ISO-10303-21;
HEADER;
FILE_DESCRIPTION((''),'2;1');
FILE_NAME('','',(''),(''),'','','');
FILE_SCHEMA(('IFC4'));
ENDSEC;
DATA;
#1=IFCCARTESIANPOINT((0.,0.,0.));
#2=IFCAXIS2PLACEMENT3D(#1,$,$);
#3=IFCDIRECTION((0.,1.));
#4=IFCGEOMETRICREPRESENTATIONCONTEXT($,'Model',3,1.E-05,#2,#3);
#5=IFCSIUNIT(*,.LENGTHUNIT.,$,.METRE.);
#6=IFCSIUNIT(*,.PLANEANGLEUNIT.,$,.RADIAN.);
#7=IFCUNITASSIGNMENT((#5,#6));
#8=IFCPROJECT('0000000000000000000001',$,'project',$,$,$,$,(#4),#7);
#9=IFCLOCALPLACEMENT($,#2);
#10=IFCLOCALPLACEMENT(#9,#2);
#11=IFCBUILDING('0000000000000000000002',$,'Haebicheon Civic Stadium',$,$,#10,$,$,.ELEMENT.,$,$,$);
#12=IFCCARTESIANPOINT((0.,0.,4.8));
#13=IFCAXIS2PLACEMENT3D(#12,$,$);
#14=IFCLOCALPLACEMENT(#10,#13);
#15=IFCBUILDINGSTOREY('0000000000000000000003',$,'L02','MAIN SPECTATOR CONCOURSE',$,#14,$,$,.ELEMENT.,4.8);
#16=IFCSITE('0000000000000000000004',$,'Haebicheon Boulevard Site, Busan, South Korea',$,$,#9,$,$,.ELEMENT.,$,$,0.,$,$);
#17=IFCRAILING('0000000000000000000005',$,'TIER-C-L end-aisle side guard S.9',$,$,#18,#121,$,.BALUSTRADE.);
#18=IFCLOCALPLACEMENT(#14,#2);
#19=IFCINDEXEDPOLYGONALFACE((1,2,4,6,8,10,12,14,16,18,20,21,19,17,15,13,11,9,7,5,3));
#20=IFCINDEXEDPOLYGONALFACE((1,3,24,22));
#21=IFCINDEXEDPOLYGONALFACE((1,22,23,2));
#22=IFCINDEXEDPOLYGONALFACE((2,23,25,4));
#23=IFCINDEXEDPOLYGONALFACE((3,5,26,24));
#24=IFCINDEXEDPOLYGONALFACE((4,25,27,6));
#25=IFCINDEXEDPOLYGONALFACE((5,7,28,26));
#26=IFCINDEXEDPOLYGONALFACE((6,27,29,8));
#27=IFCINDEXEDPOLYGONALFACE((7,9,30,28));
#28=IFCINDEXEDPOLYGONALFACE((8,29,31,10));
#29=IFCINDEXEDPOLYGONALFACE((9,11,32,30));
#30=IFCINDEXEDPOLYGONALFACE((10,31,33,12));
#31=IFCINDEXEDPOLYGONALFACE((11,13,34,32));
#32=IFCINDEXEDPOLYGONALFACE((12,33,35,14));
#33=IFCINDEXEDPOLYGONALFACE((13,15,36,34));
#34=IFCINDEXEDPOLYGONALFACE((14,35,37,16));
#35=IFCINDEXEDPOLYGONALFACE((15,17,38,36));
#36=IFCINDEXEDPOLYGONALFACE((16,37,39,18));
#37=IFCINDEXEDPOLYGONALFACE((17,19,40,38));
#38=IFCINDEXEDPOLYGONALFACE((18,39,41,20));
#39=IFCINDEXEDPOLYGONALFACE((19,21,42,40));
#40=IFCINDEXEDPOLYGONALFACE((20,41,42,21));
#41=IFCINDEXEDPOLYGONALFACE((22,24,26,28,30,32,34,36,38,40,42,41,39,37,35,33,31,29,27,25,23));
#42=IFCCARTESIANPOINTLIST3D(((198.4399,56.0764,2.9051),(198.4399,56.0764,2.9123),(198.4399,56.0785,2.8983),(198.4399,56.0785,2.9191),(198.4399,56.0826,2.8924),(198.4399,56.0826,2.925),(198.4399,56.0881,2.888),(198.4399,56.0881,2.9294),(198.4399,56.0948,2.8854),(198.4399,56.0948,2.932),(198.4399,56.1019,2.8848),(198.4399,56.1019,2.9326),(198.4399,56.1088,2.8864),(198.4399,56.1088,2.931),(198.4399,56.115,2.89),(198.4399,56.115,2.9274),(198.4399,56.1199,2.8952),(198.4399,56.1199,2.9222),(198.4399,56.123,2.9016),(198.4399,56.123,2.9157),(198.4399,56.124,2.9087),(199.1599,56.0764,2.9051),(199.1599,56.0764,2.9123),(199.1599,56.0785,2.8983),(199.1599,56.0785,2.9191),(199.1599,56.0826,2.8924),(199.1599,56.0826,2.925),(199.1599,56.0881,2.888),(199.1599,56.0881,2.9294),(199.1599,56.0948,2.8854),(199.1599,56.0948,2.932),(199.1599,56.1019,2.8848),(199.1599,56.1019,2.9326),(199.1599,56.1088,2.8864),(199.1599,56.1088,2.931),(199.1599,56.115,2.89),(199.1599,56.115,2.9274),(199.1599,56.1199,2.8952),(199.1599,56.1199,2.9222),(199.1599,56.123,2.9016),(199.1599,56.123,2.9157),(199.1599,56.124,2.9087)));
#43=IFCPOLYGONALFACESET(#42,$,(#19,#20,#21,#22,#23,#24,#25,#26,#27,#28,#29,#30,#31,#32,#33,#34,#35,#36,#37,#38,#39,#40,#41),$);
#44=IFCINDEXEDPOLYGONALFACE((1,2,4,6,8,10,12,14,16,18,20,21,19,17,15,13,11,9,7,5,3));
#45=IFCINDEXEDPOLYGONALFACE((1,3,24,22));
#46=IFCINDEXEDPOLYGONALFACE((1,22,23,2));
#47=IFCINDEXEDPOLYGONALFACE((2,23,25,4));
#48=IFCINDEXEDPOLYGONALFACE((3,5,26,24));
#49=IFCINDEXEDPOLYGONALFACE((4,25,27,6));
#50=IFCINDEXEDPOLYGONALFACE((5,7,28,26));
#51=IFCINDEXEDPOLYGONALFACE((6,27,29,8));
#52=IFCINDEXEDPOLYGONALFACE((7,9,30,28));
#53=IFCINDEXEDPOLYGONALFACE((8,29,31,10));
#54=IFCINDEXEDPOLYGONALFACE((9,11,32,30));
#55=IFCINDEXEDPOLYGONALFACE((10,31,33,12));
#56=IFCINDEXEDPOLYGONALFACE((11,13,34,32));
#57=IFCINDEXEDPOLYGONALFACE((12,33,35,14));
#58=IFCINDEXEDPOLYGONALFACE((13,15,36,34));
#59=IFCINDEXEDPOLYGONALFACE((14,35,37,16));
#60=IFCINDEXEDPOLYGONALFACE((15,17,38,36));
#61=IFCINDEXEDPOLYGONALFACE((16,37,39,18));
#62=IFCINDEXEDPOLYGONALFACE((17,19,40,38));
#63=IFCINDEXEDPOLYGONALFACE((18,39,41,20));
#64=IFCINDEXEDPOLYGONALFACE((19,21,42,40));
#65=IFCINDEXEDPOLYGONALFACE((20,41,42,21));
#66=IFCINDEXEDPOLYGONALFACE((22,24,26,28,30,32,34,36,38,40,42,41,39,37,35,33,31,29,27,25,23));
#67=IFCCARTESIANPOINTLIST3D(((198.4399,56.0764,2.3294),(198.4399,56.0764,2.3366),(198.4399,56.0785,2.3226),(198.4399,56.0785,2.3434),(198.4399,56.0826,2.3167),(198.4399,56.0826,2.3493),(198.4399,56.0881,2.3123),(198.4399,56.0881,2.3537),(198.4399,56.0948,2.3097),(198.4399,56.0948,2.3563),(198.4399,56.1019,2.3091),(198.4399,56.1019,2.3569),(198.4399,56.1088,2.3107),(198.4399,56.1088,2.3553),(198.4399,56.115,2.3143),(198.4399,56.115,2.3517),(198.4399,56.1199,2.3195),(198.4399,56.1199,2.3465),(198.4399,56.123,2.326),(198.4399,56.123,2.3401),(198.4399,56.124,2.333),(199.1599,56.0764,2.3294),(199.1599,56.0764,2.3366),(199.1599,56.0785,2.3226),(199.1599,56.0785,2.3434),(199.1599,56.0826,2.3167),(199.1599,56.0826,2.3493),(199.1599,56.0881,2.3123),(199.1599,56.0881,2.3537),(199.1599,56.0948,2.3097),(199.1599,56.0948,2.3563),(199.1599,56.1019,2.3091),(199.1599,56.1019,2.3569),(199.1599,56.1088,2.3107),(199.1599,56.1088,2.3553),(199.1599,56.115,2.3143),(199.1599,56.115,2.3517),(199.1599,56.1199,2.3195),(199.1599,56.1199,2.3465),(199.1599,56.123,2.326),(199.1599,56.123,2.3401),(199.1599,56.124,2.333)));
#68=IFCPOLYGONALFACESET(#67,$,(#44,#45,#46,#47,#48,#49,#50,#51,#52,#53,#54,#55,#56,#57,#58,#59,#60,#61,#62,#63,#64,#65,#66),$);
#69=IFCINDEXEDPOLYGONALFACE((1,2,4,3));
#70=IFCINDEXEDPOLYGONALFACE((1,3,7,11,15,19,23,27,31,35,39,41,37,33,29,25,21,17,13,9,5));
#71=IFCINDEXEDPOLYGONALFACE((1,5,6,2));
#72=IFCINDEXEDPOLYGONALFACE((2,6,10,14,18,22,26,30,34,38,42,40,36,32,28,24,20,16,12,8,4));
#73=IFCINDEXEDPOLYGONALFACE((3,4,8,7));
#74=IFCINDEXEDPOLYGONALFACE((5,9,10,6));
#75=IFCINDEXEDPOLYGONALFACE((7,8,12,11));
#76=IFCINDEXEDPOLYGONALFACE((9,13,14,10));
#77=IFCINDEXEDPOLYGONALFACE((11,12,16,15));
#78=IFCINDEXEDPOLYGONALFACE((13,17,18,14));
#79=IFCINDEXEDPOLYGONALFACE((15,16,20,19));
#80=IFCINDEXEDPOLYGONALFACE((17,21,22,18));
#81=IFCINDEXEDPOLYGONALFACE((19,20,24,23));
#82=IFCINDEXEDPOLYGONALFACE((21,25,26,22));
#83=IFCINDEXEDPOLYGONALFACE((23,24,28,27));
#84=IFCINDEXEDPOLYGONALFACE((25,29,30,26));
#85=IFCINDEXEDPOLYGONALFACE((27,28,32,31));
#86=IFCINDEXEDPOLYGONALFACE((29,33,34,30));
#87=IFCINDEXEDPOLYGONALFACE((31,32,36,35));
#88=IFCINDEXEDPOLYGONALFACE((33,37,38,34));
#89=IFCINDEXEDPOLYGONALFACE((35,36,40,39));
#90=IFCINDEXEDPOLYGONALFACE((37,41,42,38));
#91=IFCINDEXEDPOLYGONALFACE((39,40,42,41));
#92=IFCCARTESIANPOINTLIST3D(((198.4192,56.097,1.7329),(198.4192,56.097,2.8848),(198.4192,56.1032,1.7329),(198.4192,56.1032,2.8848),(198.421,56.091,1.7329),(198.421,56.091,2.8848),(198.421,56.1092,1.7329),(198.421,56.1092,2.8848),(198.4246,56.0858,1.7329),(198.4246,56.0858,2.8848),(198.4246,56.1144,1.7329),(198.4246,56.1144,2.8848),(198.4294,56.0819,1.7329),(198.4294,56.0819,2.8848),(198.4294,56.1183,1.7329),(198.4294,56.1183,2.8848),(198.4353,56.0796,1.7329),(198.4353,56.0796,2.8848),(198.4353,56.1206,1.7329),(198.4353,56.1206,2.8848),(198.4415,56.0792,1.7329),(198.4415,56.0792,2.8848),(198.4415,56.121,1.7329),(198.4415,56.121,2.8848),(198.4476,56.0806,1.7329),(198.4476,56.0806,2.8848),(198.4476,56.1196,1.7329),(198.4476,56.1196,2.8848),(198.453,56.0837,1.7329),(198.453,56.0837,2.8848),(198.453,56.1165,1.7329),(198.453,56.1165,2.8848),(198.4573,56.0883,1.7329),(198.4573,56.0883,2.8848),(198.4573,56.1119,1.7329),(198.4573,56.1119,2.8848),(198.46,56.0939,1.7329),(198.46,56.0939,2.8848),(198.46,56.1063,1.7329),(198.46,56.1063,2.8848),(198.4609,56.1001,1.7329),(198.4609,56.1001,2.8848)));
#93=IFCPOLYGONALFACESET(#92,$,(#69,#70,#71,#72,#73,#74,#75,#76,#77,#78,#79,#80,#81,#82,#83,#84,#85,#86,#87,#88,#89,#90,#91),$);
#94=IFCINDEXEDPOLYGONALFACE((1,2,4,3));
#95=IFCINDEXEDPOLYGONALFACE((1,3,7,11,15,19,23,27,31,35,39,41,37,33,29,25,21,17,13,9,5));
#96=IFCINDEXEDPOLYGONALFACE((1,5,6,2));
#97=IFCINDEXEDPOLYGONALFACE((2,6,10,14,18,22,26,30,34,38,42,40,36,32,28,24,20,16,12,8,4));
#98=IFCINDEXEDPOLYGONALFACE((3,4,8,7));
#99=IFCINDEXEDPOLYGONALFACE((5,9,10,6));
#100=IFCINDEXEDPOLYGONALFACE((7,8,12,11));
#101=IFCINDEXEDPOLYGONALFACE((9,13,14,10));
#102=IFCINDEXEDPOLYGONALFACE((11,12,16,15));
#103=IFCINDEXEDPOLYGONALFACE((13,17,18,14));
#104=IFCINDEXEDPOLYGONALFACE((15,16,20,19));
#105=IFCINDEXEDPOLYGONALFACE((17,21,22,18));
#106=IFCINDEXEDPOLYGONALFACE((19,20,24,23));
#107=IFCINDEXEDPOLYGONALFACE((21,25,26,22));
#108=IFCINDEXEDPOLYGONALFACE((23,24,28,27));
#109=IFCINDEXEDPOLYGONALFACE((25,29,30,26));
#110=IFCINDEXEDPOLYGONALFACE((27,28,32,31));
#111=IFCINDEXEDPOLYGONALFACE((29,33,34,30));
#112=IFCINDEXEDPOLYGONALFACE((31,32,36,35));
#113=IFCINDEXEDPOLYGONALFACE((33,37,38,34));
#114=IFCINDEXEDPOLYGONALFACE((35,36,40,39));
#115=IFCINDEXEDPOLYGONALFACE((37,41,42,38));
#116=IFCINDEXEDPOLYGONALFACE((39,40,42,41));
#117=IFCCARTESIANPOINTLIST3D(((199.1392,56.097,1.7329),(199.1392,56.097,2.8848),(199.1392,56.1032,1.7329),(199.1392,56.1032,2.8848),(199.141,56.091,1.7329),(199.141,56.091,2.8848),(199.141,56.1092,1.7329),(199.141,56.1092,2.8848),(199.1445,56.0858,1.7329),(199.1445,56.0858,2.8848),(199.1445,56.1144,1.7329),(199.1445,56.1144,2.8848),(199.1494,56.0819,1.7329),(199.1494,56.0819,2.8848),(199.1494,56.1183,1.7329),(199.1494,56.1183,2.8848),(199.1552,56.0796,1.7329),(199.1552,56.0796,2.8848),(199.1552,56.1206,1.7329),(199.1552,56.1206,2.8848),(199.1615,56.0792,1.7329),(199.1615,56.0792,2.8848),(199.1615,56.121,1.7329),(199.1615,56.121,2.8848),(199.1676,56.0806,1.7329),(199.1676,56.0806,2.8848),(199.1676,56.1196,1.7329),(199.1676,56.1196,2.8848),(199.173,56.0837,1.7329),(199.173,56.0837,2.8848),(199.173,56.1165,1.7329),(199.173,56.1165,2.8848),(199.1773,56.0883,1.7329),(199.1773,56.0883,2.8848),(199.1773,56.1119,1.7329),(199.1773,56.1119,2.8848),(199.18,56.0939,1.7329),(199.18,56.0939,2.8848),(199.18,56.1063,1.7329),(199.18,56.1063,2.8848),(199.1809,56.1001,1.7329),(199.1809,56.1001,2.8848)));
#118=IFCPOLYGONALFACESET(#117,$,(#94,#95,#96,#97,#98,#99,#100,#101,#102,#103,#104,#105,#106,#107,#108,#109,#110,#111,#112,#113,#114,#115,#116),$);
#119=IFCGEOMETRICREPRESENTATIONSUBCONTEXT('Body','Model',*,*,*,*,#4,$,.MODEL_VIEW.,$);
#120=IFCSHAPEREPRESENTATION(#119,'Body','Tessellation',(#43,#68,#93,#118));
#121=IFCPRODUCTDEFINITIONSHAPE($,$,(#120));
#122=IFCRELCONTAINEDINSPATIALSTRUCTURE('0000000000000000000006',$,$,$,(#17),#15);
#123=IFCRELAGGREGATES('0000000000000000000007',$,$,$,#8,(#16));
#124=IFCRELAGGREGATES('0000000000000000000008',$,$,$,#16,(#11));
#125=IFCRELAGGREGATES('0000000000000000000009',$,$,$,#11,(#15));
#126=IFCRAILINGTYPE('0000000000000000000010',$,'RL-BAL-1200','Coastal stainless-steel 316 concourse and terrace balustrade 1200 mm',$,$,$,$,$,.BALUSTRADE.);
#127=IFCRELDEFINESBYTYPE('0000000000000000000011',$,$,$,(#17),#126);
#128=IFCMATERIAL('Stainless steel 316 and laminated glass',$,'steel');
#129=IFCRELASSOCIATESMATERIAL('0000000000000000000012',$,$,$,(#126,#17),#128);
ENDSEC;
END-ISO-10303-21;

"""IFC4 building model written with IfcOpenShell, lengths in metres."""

from ifc_helpers import new_model, si_unit, direction, frame, origin, origin_2d, place, context, subcontext, project, spatial, circle, extrude, material, type_object, element, save


model = new_model("IFC4")

# Units and contexts
model_context = context("Model", 3, precision=1e-05, world=origin(), true_north=direction((0.0, 1.0)))
body_context = subcontext(model_context, "Body", "Model", "MODEL_VIEW")
ifc_project = project(units=[si_unit("LENGTHUNIT", "METRE"), si_unit("PLANEANGLEUNIT", "RADIAN")], contexts=[model_context])

# Site, building, storey
site_placement = place(None, origin())
site = spatial("IfcSite", under=ifc_project, at=site_placement, Name="Haebicheon Boulevard Site, Busan, South Korea", CompositionType="ELEMENT", RefElevation=0.0)
building_placement = place(site_placement, origin())
building = spatial("IfcBuilding", under=site, at=building_placement, Name="Haebicheon Civic Stadium", CompositionType="ELEMENT")
storey_placement = place(building_placement, frame((0.0, 0.0, 4.8)))
storey = spatial("IfcBuildingStorey", under=building, at=storey_placement, Name="L02", Description="MAIN SPECTATOR CONCOURSE", CompositionType="ELEMENT", Elevation=4.8)

# Railing
ifc_material_1 = material(Name="Stainless steel 316 and laminated glass", Category="steel")
railing_type = type_object("IfcRailingType", Name="RL-BAL-1200", Description="Coastal stainless-steel 316 concourse and terrace balustrade 1200 mm", PredefinedType="BALUSTRADE", material=ifc_material_1)
for number, where, name in (
    (1, (198.4399, 56.1001, 1.7329), "TIER-C-L end-aisle side guard S.9"),
):
    element("IfcRailing", number, at=place(storey_placement, frame(where)), inside=storey, type_object=railing_type, material=ifc_material_1, Name=name, PredefinedType="BALUSTRADE", context=body_context, shape_type="SweptSolid", body=[
        extrude(circle(Radius=0.0239, at=origin_2d()), frame((0.0, 0.0, 1.1758), z_axis=(1.0, 0.0, 0.0), x_axis=(0.0, 1.0, 0.0)), (0.0, 0.0, 1.0), 0.72),
        extrude(circle(Radius=0.0239, at=origin_2d()), frame((0.0, 0.0, 0.6001), z_axis=(1.0, 0.0, 0.0), x_axis=(0.0, 1.0, 0.0)), (0.0, 0.0, 1.0), 0.72),
        extrude(circle(Radius=0.021, at=origin_2d()), origin(), (0.0, 0.0, 1.0), 1.1519),
        extrude(circle(Radius=0.021, at=origin_2d()), frame((0.72, 0.0, 0.0)), (0.0, 0.0, 1.0), 1.1519),
    ])

save(model, "model.ifc")
